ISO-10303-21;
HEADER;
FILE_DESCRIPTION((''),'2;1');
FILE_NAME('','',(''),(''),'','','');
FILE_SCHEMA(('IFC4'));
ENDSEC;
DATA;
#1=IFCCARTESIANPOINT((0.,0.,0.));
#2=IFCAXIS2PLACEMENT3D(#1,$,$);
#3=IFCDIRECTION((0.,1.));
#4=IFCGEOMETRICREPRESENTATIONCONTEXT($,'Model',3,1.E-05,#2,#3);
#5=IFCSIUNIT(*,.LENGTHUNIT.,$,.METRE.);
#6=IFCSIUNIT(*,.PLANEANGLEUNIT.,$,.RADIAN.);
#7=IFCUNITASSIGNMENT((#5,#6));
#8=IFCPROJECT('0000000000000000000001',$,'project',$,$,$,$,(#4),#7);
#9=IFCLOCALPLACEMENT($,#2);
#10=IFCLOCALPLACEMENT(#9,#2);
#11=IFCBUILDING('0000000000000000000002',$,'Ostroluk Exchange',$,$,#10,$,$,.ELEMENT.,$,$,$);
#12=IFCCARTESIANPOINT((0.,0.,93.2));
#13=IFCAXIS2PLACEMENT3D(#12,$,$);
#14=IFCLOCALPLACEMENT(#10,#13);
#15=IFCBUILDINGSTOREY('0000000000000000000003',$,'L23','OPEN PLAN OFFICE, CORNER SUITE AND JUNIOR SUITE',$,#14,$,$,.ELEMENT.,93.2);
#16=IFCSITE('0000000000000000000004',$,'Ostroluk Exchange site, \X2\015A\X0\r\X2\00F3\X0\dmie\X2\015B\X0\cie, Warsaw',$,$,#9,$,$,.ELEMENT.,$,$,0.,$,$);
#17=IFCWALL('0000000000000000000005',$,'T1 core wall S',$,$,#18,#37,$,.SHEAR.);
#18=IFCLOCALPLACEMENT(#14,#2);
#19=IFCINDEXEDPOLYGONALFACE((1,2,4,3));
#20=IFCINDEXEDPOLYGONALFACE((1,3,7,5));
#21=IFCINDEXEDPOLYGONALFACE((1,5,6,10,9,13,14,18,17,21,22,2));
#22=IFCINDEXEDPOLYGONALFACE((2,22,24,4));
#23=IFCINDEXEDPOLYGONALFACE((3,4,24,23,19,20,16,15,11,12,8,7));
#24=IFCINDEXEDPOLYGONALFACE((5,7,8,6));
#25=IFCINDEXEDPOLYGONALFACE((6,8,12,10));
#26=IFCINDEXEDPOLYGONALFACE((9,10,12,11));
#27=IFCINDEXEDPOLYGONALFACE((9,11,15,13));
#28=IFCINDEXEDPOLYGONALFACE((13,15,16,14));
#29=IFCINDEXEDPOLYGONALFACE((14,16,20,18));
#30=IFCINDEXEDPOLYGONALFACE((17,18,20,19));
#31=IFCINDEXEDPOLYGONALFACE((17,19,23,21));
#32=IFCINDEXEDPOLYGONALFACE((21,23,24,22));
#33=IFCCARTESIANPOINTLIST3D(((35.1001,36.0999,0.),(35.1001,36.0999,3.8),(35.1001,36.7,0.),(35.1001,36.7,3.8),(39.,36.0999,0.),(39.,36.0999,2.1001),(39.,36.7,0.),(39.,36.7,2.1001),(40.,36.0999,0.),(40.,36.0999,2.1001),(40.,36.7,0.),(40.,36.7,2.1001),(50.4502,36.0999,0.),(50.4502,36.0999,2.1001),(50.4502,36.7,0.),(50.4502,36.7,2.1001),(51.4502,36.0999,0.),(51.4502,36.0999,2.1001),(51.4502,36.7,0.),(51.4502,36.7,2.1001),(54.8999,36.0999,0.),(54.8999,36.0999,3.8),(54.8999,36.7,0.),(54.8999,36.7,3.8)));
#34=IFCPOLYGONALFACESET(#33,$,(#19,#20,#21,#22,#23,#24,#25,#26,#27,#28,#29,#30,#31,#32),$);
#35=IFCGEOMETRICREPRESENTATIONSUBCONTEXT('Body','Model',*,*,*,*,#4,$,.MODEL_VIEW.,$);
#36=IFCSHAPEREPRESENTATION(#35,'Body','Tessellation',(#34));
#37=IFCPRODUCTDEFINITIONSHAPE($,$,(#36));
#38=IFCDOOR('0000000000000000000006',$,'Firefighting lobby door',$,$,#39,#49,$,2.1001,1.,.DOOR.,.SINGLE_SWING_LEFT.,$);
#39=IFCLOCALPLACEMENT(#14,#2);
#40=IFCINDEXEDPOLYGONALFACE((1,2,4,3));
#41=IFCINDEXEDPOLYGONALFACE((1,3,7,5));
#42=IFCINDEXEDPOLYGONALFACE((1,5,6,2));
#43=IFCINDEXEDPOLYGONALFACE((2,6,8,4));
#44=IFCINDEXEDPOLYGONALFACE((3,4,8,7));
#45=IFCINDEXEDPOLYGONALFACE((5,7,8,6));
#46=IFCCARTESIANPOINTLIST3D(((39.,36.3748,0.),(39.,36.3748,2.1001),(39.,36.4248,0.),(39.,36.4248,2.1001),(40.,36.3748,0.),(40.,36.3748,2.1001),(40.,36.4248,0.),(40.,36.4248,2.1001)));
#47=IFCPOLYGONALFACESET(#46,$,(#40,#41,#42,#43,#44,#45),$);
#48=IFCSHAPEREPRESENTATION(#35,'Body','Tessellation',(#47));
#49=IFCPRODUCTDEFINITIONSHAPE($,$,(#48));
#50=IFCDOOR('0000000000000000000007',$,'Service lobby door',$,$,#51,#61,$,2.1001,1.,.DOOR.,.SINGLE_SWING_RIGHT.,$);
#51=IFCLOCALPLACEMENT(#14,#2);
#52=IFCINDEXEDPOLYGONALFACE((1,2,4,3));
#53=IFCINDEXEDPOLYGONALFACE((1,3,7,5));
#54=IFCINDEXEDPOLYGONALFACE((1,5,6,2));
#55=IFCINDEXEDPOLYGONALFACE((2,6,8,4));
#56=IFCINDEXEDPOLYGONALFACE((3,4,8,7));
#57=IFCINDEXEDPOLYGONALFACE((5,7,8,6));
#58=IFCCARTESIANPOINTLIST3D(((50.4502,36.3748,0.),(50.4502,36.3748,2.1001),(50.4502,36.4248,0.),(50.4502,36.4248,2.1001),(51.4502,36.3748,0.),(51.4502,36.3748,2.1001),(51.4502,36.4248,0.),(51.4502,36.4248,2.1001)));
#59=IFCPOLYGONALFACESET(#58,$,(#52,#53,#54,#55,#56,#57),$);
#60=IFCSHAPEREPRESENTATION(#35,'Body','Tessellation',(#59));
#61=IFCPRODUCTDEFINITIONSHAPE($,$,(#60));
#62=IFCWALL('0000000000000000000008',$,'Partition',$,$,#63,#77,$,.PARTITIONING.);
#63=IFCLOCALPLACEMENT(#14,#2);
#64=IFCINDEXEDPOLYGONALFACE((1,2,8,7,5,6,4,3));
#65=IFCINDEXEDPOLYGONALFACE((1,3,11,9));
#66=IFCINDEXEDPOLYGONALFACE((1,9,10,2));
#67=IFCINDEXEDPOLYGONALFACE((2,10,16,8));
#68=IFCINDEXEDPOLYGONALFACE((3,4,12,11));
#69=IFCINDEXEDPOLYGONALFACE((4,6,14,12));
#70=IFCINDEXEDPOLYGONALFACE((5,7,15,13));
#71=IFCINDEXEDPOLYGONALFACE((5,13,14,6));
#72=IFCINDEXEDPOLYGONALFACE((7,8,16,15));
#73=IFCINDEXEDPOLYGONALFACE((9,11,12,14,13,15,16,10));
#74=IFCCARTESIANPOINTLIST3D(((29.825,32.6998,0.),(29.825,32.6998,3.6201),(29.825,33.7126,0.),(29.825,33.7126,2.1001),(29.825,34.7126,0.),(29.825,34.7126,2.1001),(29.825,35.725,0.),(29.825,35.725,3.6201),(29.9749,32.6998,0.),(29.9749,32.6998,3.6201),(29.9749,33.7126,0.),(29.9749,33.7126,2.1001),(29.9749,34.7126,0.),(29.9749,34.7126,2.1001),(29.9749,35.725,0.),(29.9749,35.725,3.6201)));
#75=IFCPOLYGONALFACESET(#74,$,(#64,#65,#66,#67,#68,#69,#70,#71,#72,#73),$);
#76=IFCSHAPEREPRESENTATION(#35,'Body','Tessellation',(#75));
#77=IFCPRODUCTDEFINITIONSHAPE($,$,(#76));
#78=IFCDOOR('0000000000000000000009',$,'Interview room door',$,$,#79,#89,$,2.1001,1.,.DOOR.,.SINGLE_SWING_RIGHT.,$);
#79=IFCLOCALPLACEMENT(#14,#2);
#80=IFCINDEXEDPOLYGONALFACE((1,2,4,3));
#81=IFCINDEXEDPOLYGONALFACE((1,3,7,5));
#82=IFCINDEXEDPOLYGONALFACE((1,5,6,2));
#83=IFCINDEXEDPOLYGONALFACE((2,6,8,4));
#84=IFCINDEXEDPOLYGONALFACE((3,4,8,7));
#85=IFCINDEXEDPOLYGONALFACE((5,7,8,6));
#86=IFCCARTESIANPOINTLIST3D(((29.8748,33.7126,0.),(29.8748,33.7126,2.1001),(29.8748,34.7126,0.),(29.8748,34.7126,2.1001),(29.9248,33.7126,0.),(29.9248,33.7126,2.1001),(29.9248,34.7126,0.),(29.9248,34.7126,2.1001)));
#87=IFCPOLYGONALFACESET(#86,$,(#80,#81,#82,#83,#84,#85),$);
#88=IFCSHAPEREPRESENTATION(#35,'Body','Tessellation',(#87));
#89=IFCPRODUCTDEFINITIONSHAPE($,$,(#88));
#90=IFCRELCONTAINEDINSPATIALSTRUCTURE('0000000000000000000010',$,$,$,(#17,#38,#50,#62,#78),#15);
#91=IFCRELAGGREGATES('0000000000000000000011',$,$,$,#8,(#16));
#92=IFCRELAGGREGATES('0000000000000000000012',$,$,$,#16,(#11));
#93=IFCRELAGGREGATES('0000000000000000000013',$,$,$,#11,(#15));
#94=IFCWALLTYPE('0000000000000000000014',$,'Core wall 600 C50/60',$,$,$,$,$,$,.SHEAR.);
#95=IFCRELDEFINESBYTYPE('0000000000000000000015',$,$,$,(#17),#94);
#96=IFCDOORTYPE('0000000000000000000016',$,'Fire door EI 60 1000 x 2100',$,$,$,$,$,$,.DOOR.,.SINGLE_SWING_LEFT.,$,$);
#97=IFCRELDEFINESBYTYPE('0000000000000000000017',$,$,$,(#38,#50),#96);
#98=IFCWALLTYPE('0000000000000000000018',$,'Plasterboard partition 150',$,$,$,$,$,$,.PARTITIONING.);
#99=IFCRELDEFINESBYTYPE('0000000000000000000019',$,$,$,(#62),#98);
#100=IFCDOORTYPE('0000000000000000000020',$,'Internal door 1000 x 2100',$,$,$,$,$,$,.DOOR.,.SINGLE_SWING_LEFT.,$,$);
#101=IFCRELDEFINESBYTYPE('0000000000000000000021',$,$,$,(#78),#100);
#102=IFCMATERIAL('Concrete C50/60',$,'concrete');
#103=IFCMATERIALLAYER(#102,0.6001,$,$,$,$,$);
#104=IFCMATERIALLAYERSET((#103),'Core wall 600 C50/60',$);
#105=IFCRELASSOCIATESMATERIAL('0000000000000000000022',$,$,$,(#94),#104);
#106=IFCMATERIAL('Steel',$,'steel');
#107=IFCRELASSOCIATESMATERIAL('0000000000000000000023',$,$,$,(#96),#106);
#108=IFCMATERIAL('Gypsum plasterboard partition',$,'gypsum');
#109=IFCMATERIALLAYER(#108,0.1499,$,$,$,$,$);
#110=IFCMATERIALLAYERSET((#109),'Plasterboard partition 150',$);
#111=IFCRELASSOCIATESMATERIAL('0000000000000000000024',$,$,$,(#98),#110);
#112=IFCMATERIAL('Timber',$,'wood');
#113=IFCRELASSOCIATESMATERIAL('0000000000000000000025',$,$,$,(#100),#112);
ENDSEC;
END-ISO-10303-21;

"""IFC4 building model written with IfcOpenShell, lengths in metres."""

from ifc_helpers import new_model, si_unit, direction, frame, frame_2d, origin, place, context, subcontext, project, spatial, rectangle, extrude, material, layer, layer_set, type_object, element, fill, save


model = new_model("IFC4")

# Units and contexts
model_context = context("Model", 3, precision=1e-05, world=origin(), true_north=direction((0.0, 1.0)))
body_context = subcontext(model_context, "Body", "Model", "MODEL_VIEW")
ifc_project = project(units=[si_unit("LENGTHUNIT", "METRE"), si_unit("PLANEANGLEUNIT", "RADIAN")], contexts=[model_context])

# Site, building, storey
site_placement = place(None, origin())
site = spatial("IfcSite", under=ifc_project, at=site_placement, Name="Ostroluk Exchange site, Śródmieście, Warsaw", CompositionType="ELEMENT", RefElevation=0.0)
building_placement = place(site_placement, origin())
building = spatial("IfcBuilding", under=site, at=building_placement, Name="Ostroluk Exchange", CompositionType="ELEMENT")
storey_placement = place(building_placement, frame((0.0, 0.0, 93.2)))
storey = spatial("IfcBuildingStorey", under=building, at=storey_placement, Name="L23", Description="OPEN PLAN OFFICE, CORNER SUITE AND JUNIOR SUITE", CompositionType="ELEMENT", Elevation=93.2)

# Wall, openings, doors
ifc_material_1 = material(Name="Concrete C50/60", Category="concrete")
ifc_layer_1 = layer(ifc_material_1, 0.6001)
ifc_layer_set_1 = layer_set([ifc_layer_1], Name="Core wall 600 C50/60")
wall_type_1 = type_object("IfcWallType", Name="Core wall 600 C50/60", PredefinedType="SHEAR", material=ifc_layer_set_1)
wall_1_placement = place(storey_placement, frame((35.1001, 36.3999, 0.0), z_axis=(0.0, 0.0, 1.0), x_axis=(1.0, 0.0, 0.0)))
wall_1 = element("IfcWall", 1, at=wall_1_placement, inside=storey, type_object=wall_type_1, Name="T1 core wall S", PredefinedType="SHEAR", context=body_context, shape_type="SweptSolid", body=[
    extrude(rectangle(XDim=19.7998, YDim=0.6001, at=frame_2d((9.8999, 0.0))), origin(), (0.0, 0.0, 1.0), 3.8),
])
opening_1_placement = place(wall_1_placement, frame((3.8999, 0.0, 0.0)))
opening_1 = element("IfcOpeningElement", 2, at=opening_1_placement, cuts=wall_1, PredefinedType="OPENING", context=body_context, shape_type="SweptSolid", body=[
    extrude(rectangle(XDim=1.0, YDim=2.1001, at=frame_2d((0.5, 1.05))), frame((0.0, 0.3101, 0.0), z_axis=(0.0, -1.0, 0.0), x_axis=(1.0, 0.0, 0.0)), (0.0, 0.0, 1.0), 0.6201),
])
opening_2_placement = place(wall_1_placement, frame((15.3501, 0.0, 0.0)))
opening_2 = element("IfcOpeningElement", 3, at=opening_2_placement, cuts=wall_1, PredefinedType="OPENING", context=body_context, shape_type="SweptSolid", body=[
    extrude(rectangle(XDim=1.0, YDim=2.1001, at=frame_2d((0.5, 1.05))), frame((0.0, 0.3101, 0.0), z_axis=(0.0, -1.0, 0.0), x_axis=(1.0, 0.0, 0.0)), (0.0, 0.0, 1.0), 0.6201),
])
ifc_material_2 = material(Name="Steel", Category="steel")
door_type_1 = type_object("IfcDoorType", Name="Fire door EI 60 1000 x 2100", OperationType="SINGLE_SWING_LEFT", PredefinedType="DOOR", material=ifc_material_2)
door_1_placement = place(opening_1_placement, origin())
door_1 = element("IfcDoor", 4, at=door_1_placement, inside=storey, type_object=door_type_1, Name="Firefighting lobby door", OperationType="SINGLE_SWING_LEFT", OverallHeight=2.1001, OverallWidth=1.0, PredefinedType="DOOR", context=body_context, shape_type="SweptSolid", body=[
    extrude(rectangle(XDim=1.0, YDim=2.1001, at=frame_2d((0.5, 1.05))), frame((0.0, 0.0249, 0.0), z_axis=(0.0, -1.0, 0.0), x_axis=(1.0, 0.0, 0.0)), (0.0, 0.0, 1.0), 0.05),
])
fill(opening_1, door_1)
door_2_placement = place(opening_2_placement, origin())
door_2 = element("IfcDoor", 5, at=door_2_placement, inside=storey, type_object=door_type_1, Name="Service lobby door", OperationType="SINGLE_SWING_RIGHT", OverallHeight=2.1001, OverallWidth=1.0, PredefinedType="DOOR", context=body_context, shape_type="SweptSolid", body=[
    extrude(rectangle(XDim=1.0, YDim=2.1001, at=frame_2d((0.5, 1.05))), frame((0.0, 0.0249, 0.0), z_axis=(0.0, -1.0, 0.0), x_axis=(1.0, 0.0, 0.0)), (0.0, 0.0, 1.0), 0.05),
])
fill(opening_2, door_2)

# Wall, opening, door
ifc_material_3 = material(Name="Gypsum plasterboard partition", Category="gypsum")
ifc_layer_2 = layer(ifc_material_3, 0.1499)
ifc_layer_set_2 = layer_set([ifc_layer_2], Name="Plasterboard partition 150")
wall_type_2 = type_object("IfcWallType", Name="Plasterboard partition 150", PredefinedType="PARTITIONING", material=ifc_layer_set_2)
wall_2_placement = place(storey_placement, frame((29.8999, 35.7251, 0.0), z_axis=(0.0, 0.0, 1.0), x_axis=(0.0, -1.0, 0.0)))
wall_2 = element("IfcWall", 6, at=wall_2_placement, inside=storey, type_object=wall_type_2, Name="Partition", PredefinedType="PARTITIONING", context=body_context, shape_type="SweptSolid", body=[
    extrude(rectangle(XDim=3.0251, YDim=0.1499, at=frame_2d((1.5127, 0.0))), origin(), (0.0, 0.0, 1.0), 3.6201),
])
opening_3_placement = place(wall_2_placement, frame((1.0125, 0.0, 0.0)))
opening_3 = element("IfcOpeningElement", 7, at=opening_3_placement, cuts=wall_2, PredefinedType="OPENING", context=body_context, shape_type="SweptSolid", body=[
    extrude(rectangle(XDim=1.0, YDim=2.1001, at=frame_2d((0.5, 1.05))), frame((0.0, 0.085, 0.0), z_axis=(0.0, -1.0, 0.0), x_axis=(1.0, 0.0, 0.0)), (0.0, 0.0, 1.0), 0.1699),
])
ifc_material_4 = material(Name="Timber", Category="wood")
door_type_2 = type_object("IfcDoorType", Name="Internal door 1000 x 2100", OperationType="SINGLE_SWING_LEFT", PredefinedType="DOOR", material=ifc_material_4)
door_3_placement = place(opening_3_placement, origin())
door_3 = element("IfcDoor", 8, at=door_3_placement, inside=storey, type_object=door_type_2, Name="Interview room door", OperationType="SINGLE_SWING_RIGHT", OverallHeight=2.1001, OverallWidth=1.0, PredefinedType="DOOR", context=body_context, shape_type="SweptSolid", body=[
    extrude(rectangle(XDim=1.0, YDim=2.1001, at=frame_2d((0.5, 1.05))), frame((0.0, 0.0249, 0.0), z_axis=(0.0, -1.0, 0.0), x_axis=(1.0, 0.0, 0.0)), (0.0, 0.0, 1.0), 0.05),
])
fill(opening_3, door_3)

save(model, "model.ifc")
